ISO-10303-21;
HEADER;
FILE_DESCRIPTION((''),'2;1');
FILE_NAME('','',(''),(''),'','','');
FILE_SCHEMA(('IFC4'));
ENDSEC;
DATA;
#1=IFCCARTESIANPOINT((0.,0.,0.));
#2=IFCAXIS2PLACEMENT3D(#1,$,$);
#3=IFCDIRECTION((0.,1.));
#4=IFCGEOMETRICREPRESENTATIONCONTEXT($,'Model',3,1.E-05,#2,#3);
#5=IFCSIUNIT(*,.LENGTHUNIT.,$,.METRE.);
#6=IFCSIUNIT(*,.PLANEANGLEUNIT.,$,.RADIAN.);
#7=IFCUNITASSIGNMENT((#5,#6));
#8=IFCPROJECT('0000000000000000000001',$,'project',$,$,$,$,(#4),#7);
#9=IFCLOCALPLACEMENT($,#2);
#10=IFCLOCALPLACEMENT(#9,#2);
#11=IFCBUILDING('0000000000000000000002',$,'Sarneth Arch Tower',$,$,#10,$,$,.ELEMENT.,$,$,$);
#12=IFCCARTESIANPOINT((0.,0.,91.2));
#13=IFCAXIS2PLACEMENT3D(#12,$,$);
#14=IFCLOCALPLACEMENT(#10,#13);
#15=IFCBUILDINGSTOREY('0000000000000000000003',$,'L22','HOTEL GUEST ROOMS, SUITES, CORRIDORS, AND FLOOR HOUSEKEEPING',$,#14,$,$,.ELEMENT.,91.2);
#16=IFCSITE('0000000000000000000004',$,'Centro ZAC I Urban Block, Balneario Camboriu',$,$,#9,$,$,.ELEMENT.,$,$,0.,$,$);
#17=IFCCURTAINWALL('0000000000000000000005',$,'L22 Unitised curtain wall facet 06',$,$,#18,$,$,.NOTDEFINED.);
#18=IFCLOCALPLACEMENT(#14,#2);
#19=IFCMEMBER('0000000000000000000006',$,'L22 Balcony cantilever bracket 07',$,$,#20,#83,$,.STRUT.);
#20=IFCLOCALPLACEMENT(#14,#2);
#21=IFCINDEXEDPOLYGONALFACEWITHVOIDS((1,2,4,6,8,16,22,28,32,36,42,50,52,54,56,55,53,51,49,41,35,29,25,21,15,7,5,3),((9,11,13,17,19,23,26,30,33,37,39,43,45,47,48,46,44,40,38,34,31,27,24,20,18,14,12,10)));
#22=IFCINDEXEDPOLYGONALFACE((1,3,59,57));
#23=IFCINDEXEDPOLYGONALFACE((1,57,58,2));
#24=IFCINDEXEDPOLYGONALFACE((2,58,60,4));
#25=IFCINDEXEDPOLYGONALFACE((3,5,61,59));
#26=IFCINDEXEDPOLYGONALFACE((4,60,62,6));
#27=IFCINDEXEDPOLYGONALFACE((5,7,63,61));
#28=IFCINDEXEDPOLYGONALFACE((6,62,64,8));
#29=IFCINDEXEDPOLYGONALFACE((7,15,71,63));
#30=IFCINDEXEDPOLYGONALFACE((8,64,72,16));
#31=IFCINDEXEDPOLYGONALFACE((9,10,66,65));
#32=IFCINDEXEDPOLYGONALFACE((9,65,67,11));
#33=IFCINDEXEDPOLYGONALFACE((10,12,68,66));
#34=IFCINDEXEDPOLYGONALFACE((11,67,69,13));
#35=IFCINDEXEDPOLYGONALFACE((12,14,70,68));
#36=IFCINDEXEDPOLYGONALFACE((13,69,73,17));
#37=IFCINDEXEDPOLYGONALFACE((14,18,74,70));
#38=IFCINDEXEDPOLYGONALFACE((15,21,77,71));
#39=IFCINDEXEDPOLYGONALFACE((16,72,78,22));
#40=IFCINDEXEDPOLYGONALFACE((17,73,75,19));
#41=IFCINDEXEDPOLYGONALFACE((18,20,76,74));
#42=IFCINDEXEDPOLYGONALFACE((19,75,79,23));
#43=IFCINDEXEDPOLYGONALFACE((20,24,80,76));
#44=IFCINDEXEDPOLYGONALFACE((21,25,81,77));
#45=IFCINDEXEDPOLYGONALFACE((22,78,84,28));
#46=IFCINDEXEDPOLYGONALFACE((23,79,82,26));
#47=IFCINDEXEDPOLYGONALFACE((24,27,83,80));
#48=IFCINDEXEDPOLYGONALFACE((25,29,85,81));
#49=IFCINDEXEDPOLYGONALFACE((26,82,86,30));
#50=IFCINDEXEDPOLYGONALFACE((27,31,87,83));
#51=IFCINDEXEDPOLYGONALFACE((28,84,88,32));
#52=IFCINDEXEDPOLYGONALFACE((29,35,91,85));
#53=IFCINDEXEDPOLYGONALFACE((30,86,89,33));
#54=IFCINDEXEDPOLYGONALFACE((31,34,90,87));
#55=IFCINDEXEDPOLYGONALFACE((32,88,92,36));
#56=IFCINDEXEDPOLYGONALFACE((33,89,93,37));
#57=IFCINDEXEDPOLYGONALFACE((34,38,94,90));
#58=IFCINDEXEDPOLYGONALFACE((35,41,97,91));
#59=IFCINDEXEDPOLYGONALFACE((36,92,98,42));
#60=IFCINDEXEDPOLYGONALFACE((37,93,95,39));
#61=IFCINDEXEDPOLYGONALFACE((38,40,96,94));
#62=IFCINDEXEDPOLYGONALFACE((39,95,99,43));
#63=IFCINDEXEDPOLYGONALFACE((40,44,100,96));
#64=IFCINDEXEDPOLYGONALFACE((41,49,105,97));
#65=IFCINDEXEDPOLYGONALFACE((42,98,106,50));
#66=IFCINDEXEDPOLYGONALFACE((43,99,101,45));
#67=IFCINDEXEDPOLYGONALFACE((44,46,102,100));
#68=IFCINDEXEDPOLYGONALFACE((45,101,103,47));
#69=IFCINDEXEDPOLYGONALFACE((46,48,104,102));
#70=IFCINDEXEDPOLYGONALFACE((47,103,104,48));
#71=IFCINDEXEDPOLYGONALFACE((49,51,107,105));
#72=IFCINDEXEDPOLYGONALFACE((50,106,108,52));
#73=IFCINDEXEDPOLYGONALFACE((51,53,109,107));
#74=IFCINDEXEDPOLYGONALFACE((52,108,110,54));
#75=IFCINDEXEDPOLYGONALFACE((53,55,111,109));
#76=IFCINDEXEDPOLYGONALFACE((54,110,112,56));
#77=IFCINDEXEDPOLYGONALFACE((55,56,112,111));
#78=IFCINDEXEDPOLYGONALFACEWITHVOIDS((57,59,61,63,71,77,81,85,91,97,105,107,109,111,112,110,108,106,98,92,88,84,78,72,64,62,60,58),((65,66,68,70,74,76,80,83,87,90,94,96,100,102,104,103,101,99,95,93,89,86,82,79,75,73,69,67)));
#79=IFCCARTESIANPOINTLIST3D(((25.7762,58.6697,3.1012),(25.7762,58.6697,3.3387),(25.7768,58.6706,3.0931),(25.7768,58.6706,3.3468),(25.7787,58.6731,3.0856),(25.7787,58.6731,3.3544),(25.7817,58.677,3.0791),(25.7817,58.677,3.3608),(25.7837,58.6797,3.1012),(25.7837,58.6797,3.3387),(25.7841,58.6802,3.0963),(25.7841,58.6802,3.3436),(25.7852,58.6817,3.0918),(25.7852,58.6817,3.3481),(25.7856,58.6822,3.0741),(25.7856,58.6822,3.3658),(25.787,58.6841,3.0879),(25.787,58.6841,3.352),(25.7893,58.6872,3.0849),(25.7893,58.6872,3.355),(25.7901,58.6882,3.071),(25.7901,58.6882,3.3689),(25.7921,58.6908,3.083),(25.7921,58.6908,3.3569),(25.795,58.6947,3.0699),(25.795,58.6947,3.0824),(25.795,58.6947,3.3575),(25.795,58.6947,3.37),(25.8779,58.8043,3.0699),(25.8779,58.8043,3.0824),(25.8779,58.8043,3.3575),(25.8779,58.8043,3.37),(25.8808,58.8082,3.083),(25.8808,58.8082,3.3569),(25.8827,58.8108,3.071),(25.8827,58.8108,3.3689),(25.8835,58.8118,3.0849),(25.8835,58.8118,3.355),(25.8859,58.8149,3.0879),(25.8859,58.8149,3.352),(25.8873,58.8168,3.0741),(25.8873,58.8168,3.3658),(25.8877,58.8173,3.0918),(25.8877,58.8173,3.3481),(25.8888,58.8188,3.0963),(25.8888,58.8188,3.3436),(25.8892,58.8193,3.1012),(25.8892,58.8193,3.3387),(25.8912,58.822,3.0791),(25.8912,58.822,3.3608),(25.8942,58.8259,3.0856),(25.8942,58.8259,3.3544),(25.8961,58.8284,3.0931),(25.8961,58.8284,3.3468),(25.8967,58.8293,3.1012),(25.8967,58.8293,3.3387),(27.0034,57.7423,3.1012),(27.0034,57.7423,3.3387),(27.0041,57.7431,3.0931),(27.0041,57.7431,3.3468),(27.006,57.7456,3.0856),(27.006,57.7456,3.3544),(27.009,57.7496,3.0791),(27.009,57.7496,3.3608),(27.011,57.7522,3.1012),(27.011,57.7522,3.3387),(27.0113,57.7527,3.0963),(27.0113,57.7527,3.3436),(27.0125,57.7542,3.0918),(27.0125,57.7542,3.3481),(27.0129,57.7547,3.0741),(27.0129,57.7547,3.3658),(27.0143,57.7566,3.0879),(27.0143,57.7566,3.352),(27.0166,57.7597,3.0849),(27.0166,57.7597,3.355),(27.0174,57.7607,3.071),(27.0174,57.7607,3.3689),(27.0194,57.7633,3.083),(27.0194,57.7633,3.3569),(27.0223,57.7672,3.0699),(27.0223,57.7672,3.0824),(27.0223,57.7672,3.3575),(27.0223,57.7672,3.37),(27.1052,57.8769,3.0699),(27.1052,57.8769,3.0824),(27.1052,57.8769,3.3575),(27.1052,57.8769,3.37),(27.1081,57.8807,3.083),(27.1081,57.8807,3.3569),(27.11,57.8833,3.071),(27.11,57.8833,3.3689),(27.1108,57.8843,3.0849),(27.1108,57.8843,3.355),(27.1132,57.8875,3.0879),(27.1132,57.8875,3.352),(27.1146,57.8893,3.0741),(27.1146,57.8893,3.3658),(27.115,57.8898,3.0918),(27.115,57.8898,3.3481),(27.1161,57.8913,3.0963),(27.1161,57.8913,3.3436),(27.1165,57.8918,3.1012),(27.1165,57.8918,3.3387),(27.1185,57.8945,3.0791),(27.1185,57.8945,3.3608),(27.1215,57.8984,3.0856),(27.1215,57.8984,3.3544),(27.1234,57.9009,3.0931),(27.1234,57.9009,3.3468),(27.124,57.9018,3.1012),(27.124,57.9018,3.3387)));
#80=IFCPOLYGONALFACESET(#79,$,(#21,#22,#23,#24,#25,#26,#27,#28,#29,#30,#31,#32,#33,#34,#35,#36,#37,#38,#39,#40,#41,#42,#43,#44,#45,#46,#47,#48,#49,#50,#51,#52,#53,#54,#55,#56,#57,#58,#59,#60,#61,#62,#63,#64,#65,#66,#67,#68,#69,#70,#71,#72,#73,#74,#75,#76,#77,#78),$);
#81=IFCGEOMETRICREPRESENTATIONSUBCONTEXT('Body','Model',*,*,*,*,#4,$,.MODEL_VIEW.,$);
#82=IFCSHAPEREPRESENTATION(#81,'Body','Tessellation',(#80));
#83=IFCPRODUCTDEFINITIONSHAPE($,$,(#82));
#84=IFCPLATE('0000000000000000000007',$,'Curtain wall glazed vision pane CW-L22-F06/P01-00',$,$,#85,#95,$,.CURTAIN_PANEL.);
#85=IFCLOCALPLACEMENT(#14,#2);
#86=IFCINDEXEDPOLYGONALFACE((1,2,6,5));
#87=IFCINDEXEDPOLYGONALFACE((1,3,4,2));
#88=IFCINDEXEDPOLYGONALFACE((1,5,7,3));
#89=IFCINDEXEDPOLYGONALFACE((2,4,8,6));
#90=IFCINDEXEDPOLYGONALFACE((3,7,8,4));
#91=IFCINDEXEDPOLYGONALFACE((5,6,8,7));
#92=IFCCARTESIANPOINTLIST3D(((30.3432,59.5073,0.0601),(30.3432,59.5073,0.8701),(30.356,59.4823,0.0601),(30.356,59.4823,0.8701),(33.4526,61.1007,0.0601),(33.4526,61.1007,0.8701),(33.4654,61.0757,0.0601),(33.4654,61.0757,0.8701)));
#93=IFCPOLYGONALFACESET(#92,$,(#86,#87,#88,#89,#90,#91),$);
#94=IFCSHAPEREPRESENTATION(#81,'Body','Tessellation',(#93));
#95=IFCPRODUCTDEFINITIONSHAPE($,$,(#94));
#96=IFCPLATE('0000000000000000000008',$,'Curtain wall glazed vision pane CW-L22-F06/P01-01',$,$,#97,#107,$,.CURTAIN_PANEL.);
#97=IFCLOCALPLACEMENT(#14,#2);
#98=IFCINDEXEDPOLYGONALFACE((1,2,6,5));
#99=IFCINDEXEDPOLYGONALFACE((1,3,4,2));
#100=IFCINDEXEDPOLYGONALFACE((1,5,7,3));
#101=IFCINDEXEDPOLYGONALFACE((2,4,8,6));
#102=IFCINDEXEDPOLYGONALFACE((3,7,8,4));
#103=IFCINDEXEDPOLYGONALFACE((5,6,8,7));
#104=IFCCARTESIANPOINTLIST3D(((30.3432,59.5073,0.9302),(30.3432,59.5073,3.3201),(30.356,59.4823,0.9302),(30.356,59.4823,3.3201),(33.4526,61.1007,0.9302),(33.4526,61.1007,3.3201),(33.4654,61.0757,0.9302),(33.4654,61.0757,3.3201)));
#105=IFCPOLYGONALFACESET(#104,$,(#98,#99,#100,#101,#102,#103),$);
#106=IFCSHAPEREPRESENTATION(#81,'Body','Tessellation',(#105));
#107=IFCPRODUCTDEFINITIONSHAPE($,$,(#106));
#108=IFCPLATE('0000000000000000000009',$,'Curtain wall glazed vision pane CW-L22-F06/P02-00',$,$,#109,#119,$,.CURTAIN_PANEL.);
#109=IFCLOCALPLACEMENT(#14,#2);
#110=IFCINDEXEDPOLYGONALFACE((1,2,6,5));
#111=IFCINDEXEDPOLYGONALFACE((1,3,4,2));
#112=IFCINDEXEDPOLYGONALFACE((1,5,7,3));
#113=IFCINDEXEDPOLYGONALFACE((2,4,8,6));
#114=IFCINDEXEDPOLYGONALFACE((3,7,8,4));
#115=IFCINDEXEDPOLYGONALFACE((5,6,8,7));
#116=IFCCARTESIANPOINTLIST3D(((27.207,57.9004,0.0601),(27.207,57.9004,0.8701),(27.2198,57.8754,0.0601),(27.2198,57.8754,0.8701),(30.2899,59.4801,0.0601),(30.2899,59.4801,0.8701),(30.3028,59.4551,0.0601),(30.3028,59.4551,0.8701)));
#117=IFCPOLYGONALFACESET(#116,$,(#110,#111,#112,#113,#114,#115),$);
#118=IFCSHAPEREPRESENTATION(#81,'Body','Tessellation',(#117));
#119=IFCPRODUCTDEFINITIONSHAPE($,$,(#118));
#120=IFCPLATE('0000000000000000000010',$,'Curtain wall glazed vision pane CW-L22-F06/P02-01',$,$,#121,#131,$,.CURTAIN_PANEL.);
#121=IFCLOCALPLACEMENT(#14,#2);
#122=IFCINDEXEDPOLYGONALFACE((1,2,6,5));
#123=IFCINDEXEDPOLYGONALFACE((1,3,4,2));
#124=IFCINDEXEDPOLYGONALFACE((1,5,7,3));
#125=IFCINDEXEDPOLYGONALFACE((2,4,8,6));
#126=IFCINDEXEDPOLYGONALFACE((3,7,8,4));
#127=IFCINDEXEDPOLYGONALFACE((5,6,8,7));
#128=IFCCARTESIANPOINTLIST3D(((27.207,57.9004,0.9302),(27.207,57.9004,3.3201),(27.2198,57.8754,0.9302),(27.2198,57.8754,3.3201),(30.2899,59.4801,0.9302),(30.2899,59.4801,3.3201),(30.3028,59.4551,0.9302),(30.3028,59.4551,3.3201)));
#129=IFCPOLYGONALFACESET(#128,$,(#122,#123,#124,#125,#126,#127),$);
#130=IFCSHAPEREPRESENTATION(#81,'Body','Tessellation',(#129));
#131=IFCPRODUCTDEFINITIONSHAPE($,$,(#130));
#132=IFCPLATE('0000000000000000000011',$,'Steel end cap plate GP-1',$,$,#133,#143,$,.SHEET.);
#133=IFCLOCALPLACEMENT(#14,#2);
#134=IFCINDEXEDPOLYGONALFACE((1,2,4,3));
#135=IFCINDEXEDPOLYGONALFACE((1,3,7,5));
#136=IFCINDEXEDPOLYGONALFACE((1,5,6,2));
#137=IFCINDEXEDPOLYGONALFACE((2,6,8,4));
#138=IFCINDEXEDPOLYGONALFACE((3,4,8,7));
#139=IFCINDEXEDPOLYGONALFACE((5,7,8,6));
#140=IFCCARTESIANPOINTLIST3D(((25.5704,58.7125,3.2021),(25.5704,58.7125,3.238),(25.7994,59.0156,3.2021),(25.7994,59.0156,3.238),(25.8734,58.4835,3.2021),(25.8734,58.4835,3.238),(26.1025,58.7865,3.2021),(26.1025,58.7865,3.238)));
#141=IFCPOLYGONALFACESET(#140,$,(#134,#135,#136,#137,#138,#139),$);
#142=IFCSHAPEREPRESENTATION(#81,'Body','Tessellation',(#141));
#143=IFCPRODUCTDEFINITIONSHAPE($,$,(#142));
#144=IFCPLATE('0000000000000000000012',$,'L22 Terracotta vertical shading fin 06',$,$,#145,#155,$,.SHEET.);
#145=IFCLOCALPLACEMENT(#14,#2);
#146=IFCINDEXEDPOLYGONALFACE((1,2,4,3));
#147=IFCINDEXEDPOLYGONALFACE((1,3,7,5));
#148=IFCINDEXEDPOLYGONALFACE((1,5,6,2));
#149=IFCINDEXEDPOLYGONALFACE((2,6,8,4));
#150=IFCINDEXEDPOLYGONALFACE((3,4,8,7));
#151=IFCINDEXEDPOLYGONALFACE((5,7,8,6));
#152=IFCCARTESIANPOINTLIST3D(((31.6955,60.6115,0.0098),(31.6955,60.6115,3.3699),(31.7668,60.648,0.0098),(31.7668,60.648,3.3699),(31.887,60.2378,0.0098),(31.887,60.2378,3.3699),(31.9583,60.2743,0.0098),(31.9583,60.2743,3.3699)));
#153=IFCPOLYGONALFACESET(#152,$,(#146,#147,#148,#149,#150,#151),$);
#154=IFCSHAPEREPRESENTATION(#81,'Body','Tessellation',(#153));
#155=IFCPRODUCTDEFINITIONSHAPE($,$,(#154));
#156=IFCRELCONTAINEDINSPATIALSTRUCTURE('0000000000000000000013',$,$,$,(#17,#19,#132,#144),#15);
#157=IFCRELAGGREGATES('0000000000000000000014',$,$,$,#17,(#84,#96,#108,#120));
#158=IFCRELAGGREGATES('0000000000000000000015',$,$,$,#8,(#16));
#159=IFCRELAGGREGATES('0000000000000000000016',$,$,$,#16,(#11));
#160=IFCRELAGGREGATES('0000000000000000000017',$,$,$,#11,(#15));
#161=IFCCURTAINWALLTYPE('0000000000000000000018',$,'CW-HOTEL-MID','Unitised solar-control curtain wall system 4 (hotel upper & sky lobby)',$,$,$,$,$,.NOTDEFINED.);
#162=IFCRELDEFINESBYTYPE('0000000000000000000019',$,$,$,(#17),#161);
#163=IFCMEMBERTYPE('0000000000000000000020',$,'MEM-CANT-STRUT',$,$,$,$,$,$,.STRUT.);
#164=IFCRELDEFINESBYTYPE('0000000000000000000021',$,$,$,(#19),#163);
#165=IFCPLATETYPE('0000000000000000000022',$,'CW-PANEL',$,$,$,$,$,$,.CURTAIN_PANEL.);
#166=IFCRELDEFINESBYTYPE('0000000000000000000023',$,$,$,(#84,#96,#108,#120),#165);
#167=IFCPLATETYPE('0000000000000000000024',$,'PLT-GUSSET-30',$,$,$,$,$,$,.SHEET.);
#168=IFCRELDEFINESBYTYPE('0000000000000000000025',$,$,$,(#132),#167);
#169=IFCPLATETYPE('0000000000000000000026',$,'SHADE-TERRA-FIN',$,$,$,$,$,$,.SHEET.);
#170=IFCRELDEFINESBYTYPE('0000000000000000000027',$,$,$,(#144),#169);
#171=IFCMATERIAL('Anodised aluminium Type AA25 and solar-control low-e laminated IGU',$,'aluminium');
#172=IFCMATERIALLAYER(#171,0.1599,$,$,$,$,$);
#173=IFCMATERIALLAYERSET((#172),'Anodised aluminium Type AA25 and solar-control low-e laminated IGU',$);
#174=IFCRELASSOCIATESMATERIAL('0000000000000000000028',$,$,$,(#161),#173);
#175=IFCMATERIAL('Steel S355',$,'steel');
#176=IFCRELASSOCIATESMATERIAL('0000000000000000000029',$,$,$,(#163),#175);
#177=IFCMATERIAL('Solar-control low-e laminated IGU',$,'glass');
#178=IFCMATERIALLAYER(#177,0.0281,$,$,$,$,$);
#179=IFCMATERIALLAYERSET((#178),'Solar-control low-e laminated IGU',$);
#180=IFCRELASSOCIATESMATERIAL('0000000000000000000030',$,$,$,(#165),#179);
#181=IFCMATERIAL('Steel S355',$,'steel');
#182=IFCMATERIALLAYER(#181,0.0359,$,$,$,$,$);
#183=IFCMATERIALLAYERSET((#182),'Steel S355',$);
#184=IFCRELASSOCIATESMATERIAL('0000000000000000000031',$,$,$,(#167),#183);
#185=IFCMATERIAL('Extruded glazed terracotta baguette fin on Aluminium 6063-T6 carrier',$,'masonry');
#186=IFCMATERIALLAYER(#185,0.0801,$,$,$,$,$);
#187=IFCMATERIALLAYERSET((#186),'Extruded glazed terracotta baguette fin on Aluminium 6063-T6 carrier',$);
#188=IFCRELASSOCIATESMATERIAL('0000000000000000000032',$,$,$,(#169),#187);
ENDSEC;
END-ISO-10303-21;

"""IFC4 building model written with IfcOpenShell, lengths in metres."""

from ifc_helpers import new_model, si_unit, direction, frame, origin, origin_2d, place, context, subcontext, project, spatial, rectangle, hollow_rectangle, extrude, material, layer, layer_set, material_profile, profile_set, type_object, element, aggregate, save


model = new_model("IFC4")

# Units and contexts
model_context = context("Model", 3, precision=1e-05, world=origin(), true_north=direction((0.0, 1.0)))
body_context = subcontext(model_context, "Body", "Model", "MODEL_VIEW")
ifc_project = project(units=[si_unit("LENGTHUNIT", "METRE"), si_unit("PLANEANGLEUNIT", "RADIAN")], contexts=[model_context])

# Site, building, storey
site_placement = place(None, origin())
site = spatial("IfcSite", under=ifc_project, at=site_placement, Name="Centro ZAC I Urban Block, Balneario Camboriu", CompositionType="ELEMENT", RefElevation=0.0)
building_placement = place(site_placement, origin())
building = spatial("IfcBuilding", under=site, at=building_placement, Name="Sarneth Arch Tower", CompositionType="ELEMENT")
storey_placement = place(building_placement, frame((0.0, 0.0, 91.2)))
storey = spatial("IfcBuildingStorey", under=building, at=storey_placement, Name="L22", Description="HOTEL GUEST ROOMS, SUITES, CORRIDORS, AND FLOOR HOUSEKEEPING", CompositionType="ELEMENT", Elevation=91.2)

# Curtain wall
ifc_material_1 = material(Name="Anodised aluminium Type AA25 and solar-control low-e laminated IGU", Category="aluminium")
ifc_layer_1 = layer(ifc_material_1, 0.1599)
ifc_layer_set_1 = layer_set([ifc_layer_1], Name="Anodised aluminium Type AA25 and solar-control low-e laminated IGU")
curtain_wall_type = type_object("IfcCurtainWallType", Name="CW-HOTEL-MID", Description="Unitised solar-control curtain wall system 4 (hotel upper & sky lobby)", PredefinedType="NOTDEFINED", material=ifc_layer_set_1)
curtain_wall_placement = place(storey_placement, origin())
curtain_wall = element("IfcCurtainWall", 1, at=curtain_wall_placement, inside=storey, type_object=curtain_wall_type, Name="L22 Unitised curtain wall facet 06", PredefinedType="NOTDEFINED")

# Member
ifc_material_2 = material(Name="Steel S355", Category="steel")
ifc_material_profile_1 = material_profile(ifc_material_2, hollow_rectangle(XDim=0.2, YDim=0.3, WallThickness=0.0125, InnerFilletRadius=0.0188, OuterFilletRadius=0.0312, at=origin_2d()), Name="RHS300x200x12.5")
ifc_profile_set_1 = profile_set([ifc_material_profile_1], Name="Steel S355")
member_type_1 = type_object("IfcMemberType", Name="MEM-CANT-STRUT", PredefinedType="STRUT", material=ifc_profile_set_1)
member_1_placement = place(storey_placement, frame((27.0637, 57.822, 3.22), z_axis=(-0.797805, 0.602916, 0.0), x_axis=(-0.602916, -0.797805, 0.0)))
element("IfcMember", 2, at=member_1_placement, inside=storey, type_object=member_type_1, Name="L22 Balcony cantilever bracket 07", PredefinedType="STRUT", context=body_context, shape_type="SweptSolid", body=[
    extrude(hollow_rectangle(XDim=0.2, YDim=0.3, WallThickness=0.0125, InnerFilletRadius=0.0188, OuterFilletRadius=0.0312, at=origin_2d()), origin(), (0.0, 0.0, 1.0), 1.5383),
])

# Plates
ifc_material_3 = material(Name="Solar-control low-e laminated IGU", Category="glass")
ifc_layer_2 = layer(ifc_material_3, 0.0281)
ifc_layer_set_2 = layer_set([ifc_layer_2], Name="Solar-control low-e laminated IGU")
plate_type_1 = type_object("IfcPlateType", Name="CW-PANEL", PredefinedType="CURTAIN_PANEL", material=ifc_layer_set_2)
plate_1_placement = place(storey_placement, frame((31.9043, 60.2915, 0.0601), z_axis=(0.0, 0.0, 1.0), x_axis=(-0.889964, -0.456031, 0.0)))
plate_1 = element("IfcPlate", 3, at=plate_1_placement, type_object=plate_type_1, Name="Curtain wall glazed vision pane CW-L22-F06/P01-00", PredefinedType="CURTAIN_PANEL", context=body_context, shape_type="SweptSolid", body=[
    extrude(rectangle(XDim=3.4939, YDim=0.0281, at=origin_2d()), origin(), (0.0, 0.0, 1.0), 0.8101),
])
plate_2_placement = place(storey_placement, frame((31.9043, 60.2915, 0.9302), z_axis=(0.0, 0.0, 1.0), x_axis=(-0.889964, -0.456031, 0.0)))
plate_2 = element("IfcPlate", 4, at=plate_2_placement, type_object=plate_type_1, Name="Curtain wall glazed vision pane CW-L22-F06/P01-01", PredefinedType="CURTAIN_PANEL", context=body_context, shape_type="SweptSolid", body=[
    extrude(rectangle(XDim=3.4939, YDim=0.0281, at=origin_2d()), origin(), (0.0, 0.0, 1.0), 2.3899),
])
plate_3_placement = place(storey_placement, frame((28.7549, 58.6777, 0.0601), z_axis=(0.0, 0.0, 1.0), x_axis=(-0.889964, -0.456031, 0.0)))
plate_3 = element("IfcPlate", 5, at=plate_3_placement, type_object=plate_type_1, Name="Curtain wall glazed vision pane CW-L22-F06/P02-00", PredefinedType="CURTAIN_PANEL", context=body_context, shape_type="SweptSolid", body=[
    extrude(rectangle(XDim=3.4641, YDim=0.0281, at=origin_2d()), origin(), (0.0, 0.0, 1.0), 0.8101),
])
plate_4_placement = place(storey_placement, frame((28.7549, 58.6777, 0.9302), z_axis=(0.0, 0.0, 1.0), x_axis=(-0.889964, -0.456031, 0.0)))
plate_4 = element("IfcPlate", 6, at=plate_4_placement, type_object=plate_type_1, Name="Curtain wall glazed vision pane CW-L22-F06/P02-01", PredefinedType="CURTAIN_PANEL", context=body_context, shape_type="SweptSolid", body=[
    extrude(rectangle(XDim=3.4641, YDim=0.0281, at=origin_2d()), origin(), (0.0, 0.0, 1.0), 2.3899),
])
aggregate(curtain_wall, [plate_1, plate_2, plate_3, plate_4])

# Plates
ifc_material_4 = material(Name="Steel S355", Category="steel")
ifc_layer_3 = layer(ifc_material_4, 0.0359)
ifc_layer_set_3 = layer_set([ifc_layer_3], Name="Steel S355")
plate_type_2 = type_object("IfcPlateType", Name="PLT-GUSSET-30", PredefinedType="SHEET", material=ifc_layer_set_3)
plate_5_placement = place(storey_placement, frame((25.8364, 58.7495, 3.2021), z_axis=(0.0, 0.0, 1.0), x_axis=(-0.797794, 0.60293, 0.0)))
element("IfcPlate", 7, at=plate_5_placement, inside=storey, type_object=plate_type_2, Name="Steel end cap plate GP-1", PredefinedType="SHEET", context=body_context, shape_type="SweptSolid", body=[
    extrude(rectangle(XDim=0.3799, YDim=0.3799, at=origin_2d()), origin(), (0.0, 0.0, 1.0), 0.0359),
])
ifc_material_5 = material(Name="Extruded glazed terracotta baguette fin on Aluminium 6063-T6 carrier", Category="masonry")
ifc_layer_4 = layer(ifc_material_5, 0.0801)
ifc_layer_set_4 = layer_set([ifc_layer_4], Name="Extruded glazed terracotta baguette fin on Aluminium 6063-T6 carrier")
plate_type_3 = type_object("IfcPlateType", Name="SHADE-TERRA-FIN", PredefinedType="SHEET", material=ifc_layer_set_4)
plate_6_placement = place(storey_placement, frame((31.8269, 60.4429, 0.0098), z_axis=(0.0, 0.0, 1.0), x_axis=(-0.456011, 0.889974, 0.0)))
element("IfcPlate", 8, at=plate_6_placement, inside=storey, type_object=plate_type_3, Name="L22 Terracotta vertical shading fin 06", PredefinedType="SHEET", context=body_context, shape_type="SweptSolid", body=[
    extrude(rectangle(XDim=0.4199, YDim=0.0801, at=origin_2d()), origin(), (0.0, 0.0, 1.0), 3.3601),
])

save(model, "model.ifc")
